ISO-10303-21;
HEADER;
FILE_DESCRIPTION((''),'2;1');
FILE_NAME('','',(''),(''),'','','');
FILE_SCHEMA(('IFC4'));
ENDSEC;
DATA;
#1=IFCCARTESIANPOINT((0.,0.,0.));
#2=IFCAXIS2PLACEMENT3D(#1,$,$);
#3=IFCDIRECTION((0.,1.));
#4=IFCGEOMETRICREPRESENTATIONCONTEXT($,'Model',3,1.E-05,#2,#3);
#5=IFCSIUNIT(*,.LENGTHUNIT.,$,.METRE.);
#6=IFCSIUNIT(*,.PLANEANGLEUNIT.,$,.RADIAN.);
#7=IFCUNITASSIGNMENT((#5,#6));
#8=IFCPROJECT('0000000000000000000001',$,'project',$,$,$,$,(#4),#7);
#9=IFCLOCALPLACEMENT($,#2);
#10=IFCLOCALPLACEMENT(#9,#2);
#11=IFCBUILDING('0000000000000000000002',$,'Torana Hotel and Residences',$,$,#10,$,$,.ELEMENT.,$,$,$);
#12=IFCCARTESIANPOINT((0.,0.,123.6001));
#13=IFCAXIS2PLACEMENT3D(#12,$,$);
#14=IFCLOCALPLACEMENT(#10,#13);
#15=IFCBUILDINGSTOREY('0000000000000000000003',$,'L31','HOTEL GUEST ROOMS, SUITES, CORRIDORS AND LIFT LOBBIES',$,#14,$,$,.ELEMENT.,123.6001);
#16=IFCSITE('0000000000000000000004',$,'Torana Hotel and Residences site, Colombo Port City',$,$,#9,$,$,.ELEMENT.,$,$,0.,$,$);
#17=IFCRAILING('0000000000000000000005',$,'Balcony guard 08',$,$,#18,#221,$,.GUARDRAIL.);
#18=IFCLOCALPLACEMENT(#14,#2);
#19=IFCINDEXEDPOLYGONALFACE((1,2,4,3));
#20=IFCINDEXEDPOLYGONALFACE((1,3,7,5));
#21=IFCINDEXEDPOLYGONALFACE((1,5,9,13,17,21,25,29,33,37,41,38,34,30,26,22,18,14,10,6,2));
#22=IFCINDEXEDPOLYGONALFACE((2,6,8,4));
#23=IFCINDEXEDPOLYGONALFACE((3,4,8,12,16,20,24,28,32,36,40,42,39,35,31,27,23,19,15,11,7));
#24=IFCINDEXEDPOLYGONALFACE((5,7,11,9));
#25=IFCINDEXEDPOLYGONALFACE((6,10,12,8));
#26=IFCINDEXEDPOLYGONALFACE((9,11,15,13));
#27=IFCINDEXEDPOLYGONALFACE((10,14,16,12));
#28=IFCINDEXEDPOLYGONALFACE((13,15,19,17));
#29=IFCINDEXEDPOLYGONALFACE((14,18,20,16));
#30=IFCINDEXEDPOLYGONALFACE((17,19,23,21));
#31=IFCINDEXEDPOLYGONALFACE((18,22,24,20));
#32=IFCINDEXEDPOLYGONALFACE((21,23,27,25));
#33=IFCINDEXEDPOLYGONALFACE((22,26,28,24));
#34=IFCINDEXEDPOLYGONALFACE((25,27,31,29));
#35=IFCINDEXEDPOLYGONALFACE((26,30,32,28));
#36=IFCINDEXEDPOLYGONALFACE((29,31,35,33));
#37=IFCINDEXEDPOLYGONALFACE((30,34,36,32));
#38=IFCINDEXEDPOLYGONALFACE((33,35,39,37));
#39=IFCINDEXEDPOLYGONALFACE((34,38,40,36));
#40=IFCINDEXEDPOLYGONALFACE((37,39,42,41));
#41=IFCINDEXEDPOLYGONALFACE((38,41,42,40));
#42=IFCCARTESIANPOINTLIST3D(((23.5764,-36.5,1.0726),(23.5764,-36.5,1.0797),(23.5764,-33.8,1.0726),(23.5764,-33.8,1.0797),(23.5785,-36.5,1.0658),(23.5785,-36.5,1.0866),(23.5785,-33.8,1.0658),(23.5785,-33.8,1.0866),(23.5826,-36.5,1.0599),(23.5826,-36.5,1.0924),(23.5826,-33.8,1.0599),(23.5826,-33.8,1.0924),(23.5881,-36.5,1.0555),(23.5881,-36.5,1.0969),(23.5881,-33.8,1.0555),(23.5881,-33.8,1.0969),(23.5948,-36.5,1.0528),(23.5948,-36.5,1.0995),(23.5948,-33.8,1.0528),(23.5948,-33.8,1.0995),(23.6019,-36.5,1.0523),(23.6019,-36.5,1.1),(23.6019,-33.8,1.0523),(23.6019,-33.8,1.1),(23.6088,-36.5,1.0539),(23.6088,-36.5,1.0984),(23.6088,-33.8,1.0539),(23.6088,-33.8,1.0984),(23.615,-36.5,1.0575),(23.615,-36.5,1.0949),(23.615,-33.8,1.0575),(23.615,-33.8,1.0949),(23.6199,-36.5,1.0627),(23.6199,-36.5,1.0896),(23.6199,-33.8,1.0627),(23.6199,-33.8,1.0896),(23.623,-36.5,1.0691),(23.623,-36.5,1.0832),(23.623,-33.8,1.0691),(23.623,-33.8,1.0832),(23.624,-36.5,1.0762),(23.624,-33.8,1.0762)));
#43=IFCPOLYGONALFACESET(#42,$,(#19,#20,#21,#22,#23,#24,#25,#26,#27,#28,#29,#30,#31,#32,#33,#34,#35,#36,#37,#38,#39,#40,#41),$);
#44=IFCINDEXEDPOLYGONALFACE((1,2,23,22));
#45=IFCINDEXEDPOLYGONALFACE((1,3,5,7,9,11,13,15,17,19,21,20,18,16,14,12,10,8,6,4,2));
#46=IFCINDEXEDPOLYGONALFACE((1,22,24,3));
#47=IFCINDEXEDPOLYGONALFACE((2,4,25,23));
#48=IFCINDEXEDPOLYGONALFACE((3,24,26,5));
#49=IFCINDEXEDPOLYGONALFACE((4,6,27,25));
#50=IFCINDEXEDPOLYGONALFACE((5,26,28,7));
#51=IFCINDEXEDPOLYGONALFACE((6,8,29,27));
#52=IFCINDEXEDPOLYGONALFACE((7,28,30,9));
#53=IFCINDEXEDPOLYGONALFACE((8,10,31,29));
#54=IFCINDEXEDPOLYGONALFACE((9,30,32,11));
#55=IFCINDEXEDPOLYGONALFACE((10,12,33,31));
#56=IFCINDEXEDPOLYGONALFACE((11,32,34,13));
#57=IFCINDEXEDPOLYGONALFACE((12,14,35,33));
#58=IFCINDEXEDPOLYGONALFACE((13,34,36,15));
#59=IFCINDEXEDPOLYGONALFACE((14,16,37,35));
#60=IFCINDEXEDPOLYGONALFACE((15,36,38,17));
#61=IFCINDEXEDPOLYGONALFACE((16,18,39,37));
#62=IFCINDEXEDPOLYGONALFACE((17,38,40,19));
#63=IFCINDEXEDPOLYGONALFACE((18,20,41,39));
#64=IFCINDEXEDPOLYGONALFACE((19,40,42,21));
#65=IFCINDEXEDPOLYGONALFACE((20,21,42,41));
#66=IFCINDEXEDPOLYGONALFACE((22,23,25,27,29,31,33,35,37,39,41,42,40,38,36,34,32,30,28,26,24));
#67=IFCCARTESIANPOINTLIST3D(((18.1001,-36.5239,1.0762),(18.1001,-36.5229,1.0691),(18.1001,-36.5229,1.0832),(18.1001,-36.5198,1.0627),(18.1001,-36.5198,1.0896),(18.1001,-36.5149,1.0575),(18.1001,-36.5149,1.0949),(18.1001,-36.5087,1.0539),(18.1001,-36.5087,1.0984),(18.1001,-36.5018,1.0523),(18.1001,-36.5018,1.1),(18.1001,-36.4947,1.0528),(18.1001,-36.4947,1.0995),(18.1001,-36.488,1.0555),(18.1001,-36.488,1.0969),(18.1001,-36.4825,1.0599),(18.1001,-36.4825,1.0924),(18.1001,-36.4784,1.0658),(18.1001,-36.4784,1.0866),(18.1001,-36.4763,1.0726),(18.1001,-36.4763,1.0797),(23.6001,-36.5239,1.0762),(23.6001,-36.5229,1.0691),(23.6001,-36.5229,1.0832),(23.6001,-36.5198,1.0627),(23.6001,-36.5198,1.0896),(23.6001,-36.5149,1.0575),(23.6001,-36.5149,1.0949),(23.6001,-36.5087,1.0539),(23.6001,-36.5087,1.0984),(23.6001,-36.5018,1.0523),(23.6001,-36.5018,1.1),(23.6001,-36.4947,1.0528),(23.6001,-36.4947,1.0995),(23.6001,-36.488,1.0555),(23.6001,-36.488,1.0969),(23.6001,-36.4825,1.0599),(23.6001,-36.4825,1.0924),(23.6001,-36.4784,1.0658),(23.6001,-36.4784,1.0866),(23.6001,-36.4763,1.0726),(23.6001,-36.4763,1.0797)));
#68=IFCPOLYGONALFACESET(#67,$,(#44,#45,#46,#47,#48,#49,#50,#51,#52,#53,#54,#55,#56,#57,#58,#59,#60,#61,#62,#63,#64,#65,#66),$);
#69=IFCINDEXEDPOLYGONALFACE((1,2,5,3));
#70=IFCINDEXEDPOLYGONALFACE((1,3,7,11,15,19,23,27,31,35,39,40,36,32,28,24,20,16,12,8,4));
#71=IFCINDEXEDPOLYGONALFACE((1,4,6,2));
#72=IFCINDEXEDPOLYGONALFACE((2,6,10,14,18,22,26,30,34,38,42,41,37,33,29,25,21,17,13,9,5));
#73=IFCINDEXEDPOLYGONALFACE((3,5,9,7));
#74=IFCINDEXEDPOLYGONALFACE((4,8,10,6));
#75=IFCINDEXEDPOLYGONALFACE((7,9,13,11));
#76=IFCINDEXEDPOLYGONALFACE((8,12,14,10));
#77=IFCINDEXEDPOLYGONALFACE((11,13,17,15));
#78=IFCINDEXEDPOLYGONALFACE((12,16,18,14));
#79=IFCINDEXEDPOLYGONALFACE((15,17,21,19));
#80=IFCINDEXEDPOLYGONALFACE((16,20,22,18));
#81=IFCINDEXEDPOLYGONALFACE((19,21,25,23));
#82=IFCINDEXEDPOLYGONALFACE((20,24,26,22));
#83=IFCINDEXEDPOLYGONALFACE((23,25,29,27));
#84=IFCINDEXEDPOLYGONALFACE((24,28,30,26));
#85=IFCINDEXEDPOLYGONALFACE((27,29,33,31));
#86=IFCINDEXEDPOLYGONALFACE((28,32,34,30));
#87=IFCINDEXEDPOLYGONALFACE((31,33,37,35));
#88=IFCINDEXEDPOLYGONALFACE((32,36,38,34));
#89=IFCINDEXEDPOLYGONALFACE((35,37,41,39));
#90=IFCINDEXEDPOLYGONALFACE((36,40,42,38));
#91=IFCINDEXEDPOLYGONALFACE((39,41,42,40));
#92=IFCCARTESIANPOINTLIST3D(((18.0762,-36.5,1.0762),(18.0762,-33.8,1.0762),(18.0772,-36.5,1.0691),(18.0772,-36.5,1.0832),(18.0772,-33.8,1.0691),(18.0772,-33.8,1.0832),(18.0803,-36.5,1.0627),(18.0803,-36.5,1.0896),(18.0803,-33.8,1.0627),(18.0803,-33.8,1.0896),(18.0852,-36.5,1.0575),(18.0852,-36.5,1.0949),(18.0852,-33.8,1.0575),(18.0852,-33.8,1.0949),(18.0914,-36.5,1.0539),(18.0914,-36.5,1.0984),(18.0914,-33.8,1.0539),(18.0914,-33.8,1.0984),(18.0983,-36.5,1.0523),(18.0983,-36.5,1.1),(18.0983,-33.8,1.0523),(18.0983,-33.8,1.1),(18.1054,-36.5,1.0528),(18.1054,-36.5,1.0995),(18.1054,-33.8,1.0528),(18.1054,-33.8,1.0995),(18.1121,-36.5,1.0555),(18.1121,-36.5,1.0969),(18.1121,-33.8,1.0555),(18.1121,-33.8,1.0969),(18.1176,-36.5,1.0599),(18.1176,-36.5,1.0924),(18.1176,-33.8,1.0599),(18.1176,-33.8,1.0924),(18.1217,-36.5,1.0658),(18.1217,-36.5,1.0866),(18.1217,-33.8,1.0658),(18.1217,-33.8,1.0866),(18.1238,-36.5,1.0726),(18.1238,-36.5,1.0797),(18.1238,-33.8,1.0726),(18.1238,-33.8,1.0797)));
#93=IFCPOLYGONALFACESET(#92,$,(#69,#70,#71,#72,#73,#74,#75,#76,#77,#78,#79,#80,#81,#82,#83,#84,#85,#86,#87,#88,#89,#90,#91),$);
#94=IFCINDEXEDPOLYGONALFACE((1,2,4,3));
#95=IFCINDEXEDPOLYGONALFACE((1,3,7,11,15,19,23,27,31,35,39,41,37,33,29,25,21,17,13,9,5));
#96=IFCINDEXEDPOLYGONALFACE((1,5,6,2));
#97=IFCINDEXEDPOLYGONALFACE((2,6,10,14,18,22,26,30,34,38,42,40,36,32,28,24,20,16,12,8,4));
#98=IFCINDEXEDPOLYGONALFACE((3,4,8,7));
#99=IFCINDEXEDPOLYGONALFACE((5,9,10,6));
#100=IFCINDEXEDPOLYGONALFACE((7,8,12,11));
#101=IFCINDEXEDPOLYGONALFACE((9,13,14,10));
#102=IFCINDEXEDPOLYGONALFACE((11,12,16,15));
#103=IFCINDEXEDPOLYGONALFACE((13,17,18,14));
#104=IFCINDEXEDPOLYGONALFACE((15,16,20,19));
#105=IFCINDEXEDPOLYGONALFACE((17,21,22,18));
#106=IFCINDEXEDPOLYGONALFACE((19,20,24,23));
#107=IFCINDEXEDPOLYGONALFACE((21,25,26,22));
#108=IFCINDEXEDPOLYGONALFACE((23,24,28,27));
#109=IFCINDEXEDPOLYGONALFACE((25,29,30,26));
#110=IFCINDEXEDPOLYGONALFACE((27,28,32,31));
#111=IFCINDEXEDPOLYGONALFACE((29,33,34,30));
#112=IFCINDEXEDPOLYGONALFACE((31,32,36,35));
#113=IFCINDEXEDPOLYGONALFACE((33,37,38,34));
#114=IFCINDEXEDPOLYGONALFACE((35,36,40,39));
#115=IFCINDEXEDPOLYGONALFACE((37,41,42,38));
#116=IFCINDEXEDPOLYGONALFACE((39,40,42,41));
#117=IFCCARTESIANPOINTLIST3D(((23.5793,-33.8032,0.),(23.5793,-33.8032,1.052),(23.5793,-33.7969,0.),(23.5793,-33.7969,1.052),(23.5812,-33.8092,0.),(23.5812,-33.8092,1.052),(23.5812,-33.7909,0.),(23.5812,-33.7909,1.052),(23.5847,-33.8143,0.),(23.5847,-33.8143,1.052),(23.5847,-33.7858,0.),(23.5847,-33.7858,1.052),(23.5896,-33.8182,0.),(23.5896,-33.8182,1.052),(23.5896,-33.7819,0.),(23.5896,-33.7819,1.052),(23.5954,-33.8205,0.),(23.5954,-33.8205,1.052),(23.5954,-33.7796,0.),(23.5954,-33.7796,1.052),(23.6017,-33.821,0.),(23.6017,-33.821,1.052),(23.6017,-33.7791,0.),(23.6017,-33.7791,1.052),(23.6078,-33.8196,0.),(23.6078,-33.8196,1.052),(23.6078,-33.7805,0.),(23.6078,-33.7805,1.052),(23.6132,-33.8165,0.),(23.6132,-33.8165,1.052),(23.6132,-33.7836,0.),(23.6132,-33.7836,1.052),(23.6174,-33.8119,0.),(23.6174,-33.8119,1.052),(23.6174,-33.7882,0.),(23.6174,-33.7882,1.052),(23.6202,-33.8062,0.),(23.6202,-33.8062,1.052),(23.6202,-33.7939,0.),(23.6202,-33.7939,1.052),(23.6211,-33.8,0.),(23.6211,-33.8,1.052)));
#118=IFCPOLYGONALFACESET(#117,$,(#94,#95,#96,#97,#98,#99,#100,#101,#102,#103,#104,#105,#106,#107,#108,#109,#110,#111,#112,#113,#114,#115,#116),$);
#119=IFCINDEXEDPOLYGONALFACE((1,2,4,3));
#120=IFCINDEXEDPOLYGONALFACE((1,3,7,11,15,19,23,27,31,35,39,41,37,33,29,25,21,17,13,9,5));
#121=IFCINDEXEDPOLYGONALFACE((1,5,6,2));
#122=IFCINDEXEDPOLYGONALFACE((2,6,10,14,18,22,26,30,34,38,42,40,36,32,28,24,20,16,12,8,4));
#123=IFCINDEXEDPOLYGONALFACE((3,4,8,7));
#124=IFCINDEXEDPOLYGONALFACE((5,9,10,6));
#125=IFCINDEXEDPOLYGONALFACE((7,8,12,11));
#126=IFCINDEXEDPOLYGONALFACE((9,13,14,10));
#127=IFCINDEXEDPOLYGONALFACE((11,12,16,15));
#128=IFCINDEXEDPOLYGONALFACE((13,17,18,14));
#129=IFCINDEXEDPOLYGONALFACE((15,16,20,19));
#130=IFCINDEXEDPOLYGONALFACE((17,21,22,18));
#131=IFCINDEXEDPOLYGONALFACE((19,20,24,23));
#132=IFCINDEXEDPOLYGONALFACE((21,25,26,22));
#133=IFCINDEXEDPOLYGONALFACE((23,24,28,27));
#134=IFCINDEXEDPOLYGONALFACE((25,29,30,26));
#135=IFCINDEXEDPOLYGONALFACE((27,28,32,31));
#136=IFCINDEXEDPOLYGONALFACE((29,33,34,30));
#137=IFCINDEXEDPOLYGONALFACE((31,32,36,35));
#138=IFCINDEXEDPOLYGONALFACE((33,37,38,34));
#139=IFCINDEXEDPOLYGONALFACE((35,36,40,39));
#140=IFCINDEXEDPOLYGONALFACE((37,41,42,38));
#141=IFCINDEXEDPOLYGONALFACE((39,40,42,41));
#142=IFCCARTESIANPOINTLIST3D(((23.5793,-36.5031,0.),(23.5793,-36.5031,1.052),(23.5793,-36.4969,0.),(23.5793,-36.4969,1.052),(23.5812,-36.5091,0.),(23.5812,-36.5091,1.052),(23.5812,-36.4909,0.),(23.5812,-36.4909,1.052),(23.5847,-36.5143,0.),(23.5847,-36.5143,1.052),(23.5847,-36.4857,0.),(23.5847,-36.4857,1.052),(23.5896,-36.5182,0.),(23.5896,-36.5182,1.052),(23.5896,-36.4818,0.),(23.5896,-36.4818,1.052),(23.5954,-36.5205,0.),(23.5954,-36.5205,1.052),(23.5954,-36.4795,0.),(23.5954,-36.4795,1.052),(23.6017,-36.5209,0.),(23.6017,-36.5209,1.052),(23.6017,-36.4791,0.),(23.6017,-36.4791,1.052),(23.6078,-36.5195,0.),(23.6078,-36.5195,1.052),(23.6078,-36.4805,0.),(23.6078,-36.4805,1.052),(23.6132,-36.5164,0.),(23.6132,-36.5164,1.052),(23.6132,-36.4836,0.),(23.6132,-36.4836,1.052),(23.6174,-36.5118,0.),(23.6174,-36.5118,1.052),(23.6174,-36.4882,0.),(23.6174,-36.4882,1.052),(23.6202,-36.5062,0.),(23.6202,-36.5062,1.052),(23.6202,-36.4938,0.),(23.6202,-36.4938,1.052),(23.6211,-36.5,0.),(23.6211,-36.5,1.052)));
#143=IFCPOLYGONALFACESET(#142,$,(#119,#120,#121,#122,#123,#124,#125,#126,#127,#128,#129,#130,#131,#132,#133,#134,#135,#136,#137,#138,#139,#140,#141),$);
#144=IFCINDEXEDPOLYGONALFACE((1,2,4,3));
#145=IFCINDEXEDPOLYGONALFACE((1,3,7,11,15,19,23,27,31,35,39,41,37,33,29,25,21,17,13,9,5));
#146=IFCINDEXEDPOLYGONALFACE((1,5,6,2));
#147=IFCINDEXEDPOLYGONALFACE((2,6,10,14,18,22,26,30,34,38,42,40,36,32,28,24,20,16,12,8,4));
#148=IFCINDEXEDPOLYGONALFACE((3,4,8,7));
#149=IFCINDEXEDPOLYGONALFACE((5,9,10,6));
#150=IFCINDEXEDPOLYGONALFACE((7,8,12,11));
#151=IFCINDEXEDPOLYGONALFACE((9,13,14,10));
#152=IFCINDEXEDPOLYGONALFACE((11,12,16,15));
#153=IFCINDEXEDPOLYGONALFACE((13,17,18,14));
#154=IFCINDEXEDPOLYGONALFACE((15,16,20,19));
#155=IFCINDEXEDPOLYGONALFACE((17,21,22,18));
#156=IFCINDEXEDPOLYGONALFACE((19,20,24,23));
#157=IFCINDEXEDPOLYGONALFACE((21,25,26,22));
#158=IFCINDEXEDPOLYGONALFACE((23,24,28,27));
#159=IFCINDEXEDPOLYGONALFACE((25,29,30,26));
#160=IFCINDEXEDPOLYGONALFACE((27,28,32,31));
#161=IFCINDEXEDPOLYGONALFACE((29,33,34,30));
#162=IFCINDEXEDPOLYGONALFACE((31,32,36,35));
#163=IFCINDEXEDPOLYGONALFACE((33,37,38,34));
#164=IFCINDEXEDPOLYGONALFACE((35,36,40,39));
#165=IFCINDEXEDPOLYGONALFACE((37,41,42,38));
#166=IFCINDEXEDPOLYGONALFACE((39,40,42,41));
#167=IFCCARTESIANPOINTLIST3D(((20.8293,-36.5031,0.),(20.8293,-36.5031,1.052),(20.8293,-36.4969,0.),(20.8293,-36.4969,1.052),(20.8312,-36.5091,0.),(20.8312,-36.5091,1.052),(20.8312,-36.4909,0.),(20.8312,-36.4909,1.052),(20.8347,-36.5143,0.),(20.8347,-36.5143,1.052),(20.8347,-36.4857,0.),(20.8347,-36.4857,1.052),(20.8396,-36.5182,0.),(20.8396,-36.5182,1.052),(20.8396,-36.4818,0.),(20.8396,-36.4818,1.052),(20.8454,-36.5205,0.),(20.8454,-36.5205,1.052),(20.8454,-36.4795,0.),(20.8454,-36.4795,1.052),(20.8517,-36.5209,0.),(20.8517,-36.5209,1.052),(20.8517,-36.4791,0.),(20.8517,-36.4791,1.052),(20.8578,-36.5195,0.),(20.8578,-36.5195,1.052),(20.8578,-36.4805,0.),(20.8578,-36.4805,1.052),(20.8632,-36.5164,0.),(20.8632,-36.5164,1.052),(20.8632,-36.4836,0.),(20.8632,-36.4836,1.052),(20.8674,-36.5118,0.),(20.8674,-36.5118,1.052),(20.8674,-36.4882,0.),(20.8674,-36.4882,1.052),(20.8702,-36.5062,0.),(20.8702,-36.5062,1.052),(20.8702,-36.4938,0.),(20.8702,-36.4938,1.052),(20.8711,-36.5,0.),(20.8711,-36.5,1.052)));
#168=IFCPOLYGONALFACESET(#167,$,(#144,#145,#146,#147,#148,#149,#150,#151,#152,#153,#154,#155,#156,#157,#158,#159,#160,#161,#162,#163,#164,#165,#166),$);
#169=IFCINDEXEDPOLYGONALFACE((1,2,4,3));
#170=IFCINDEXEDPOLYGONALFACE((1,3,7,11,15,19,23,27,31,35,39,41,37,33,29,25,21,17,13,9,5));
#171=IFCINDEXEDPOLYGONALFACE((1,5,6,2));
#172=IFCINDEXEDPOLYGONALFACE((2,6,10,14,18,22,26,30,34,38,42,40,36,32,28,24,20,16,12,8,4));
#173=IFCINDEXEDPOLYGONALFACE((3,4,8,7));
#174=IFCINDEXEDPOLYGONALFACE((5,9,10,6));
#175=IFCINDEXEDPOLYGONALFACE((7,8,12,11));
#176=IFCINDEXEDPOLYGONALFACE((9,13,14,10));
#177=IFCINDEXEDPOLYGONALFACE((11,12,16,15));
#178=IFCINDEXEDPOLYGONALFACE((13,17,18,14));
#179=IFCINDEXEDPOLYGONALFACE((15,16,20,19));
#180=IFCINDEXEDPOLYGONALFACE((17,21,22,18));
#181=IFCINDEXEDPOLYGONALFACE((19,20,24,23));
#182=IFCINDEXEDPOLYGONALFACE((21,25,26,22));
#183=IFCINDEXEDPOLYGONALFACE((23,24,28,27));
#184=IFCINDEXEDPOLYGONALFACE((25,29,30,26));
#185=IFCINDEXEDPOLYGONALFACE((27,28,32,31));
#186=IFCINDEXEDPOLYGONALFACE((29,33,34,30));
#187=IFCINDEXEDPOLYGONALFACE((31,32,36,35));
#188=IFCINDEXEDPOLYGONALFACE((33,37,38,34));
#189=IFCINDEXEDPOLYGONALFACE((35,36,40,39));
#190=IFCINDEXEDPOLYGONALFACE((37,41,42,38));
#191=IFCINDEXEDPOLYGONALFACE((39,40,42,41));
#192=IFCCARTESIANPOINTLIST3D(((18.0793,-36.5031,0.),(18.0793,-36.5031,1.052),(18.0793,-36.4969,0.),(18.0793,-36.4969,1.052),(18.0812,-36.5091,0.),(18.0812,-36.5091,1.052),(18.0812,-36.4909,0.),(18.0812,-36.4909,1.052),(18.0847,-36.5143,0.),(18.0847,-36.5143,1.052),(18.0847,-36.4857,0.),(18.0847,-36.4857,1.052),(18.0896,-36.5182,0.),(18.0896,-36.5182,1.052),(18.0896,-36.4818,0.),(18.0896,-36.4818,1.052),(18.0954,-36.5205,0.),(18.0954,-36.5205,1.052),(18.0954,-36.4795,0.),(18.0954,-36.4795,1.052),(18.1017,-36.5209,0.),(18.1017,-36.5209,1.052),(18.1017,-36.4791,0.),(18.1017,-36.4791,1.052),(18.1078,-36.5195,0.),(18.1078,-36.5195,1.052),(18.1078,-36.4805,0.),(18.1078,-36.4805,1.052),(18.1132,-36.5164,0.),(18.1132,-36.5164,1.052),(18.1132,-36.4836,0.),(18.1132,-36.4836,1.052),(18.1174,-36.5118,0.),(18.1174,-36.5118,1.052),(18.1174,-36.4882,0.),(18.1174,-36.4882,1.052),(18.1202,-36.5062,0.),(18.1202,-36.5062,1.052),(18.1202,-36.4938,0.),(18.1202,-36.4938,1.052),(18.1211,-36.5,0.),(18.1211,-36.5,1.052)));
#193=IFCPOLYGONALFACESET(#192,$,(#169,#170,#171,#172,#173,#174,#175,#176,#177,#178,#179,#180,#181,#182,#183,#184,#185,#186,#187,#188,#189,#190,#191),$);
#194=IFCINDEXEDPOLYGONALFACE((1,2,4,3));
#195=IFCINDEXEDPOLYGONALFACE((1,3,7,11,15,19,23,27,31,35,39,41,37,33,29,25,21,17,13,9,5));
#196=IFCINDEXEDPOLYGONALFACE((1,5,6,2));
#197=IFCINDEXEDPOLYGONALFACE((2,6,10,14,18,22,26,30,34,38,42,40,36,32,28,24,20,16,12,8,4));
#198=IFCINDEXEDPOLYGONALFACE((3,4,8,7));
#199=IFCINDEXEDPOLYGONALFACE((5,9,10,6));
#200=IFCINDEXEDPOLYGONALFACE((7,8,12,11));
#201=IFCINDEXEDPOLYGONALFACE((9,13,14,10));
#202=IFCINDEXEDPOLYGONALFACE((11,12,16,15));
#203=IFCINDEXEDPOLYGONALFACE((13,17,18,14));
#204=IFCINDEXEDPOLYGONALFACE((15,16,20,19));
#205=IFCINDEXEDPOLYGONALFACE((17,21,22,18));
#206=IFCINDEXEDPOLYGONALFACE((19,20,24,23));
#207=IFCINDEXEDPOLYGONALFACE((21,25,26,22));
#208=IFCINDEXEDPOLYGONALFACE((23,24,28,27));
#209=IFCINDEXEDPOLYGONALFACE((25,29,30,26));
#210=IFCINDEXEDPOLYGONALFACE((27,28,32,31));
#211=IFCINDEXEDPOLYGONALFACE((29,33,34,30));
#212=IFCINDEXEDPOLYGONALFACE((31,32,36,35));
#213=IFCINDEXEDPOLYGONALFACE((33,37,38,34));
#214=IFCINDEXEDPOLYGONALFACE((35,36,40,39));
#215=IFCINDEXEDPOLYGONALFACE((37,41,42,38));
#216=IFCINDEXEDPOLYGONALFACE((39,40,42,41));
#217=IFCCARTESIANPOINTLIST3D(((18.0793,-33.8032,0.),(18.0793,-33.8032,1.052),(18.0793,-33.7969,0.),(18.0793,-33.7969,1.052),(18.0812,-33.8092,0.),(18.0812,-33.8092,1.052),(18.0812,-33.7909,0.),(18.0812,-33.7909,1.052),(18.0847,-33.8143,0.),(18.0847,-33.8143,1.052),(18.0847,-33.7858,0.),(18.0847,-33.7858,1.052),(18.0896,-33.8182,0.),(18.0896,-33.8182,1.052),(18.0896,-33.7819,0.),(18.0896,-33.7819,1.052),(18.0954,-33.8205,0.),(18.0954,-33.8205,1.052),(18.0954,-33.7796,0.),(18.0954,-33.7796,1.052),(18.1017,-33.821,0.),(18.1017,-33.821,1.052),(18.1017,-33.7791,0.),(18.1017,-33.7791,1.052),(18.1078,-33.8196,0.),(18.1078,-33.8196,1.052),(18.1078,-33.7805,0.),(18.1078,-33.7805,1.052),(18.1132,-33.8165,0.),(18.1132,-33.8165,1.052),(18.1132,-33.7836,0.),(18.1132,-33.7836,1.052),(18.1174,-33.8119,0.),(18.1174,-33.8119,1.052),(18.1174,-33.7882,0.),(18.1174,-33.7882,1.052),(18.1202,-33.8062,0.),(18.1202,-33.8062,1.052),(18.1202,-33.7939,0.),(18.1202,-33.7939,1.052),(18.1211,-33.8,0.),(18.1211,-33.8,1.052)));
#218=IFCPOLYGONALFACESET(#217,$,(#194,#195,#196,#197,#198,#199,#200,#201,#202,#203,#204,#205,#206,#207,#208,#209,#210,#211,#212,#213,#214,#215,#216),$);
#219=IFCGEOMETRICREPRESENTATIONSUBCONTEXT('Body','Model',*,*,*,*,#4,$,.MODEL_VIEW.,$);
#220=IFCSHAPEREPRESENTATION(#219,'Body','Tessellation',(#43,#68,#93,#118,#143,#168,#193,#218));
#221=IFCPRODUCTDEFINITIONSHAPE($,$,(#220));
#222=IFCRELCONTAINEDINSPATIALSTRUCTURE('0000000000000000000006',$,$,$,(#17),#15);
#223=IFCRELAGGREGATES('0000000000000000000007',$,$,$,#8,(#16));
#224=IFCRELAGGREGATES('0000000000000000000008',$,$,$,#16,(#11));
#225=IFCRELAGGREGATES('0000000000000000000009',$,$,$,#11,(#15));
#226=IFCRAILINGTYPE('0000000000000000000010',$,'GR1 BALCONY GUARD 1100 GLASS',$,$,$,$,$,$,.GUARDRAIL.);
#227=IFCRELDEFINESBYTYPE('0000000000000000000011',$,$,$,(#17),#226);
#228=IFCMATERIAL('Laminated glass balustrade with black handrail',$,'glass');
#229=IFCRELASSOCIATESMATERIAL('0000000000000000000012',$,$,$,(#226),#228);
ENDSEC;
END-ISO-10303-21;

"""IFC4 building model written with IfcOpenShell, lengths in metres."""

from ifc_helpers import new_model, si_unit, direction, frame, origin, origin_2d, place, context, subcontext, project, spatial, circle, extrude, material, type_object, element, save


model = new_model("IFC4")

# Units and contexts
model_context = context("Model", 3, precision=1e-05, world=origin(), true_north=direction((0.0, 1.0)))
body_context = subcontext(model_context, "Body", "Model", "MODEL_VIEW")
ifc_project = project(units=[si_unit("LENGTHUNIT", "METRE"), si_unit("PLANEANGLEUNIT", "RADIAN")], contexts=[model_context])

# Site, building, storey
site_placement = place(None, origin())
site = spatial("IfcSite", under=ifc_project, at=site_placement, Name="Torana Hotel and Residences site, Colombo Port City", CompositionType="ELEMENT", RefElevation=0.0)
building_placement = place(site_placement, origin())
building = spatial("IfcBuilding", under=site, at=building_placement, Name="Torana Hotel and Residences", CompositionType="ELEMENT")
storey_placement = place(building_placement, frame((0.0, 0.0, 123.6001)))
storey = spatial("IfcBuildingStorey", under=building, at=storey_placement, Name="L31", Description="HOTEL GUEST ROOMS, SUITES, CORRIDORS AND LIFT LOBBIES", CompositionType="ELEMENT", Elevation=123.6001)

# Railing
ifc_material_1 = material(Name="Laminated glass balustrade with black handrail", Category="glass")
railing_type = type_object("IfcRailingType", Name="GR1 BALCONY GUARD 1100 GLASS", PredefinedType="GUARDRAIL", material=ifc_material_1)
railing_1_placement = place(storey_placement, frame((23.6001, -33.8, 0.0)))
element("IfcRailing", 1, at=railing_1_placement, inside=storey, type_object=railing_type, Name="Balcony guard 08", PredefinedType="GUARDRAIL", context=body_context, shape_type="SweptSolid", body=[
    extrude(circle(Radius=0.0239, at=origin_2d()), frame((0.0, 0.0, 1.0762), z_axis=(0.0, -1.0, 0.0), x_axis=(1.0, 0.0, 0.0)), (0.0, 0.0, 1.0), 2.7),
    extrude(circle(Radius=0.0239, at=origin_2d()), frame((0.0, -2.7, 1.0762), z_axis=(-1.0, 0.0, 0.0), x_axis=(0.0, -1.0, 0.0)), (0.0, 0.0, 1.0), 5.5),
    extrude(circle(Radius=0.0239, at=origin_2d()), frame((-5.5, -2.7, 1.0762), z_axis=(0.0, 1.0, 0.0), x_axis=(-1.0, 0.0, 0.0)), (0.0, 0.0, 1.0), 2.7),
    extrude(circle(Radius=0.021, at=origin_2d()), origin(), (0.0, 0.0, 1.0), 1.052),
    extrude(circle(Radius=0.021, at=origin_2d()), frame((0.0, -2.7, 0.0)), (0.0, 0.0, 1.0), 1.052),
    extrude(circle(Radius=0.021, at=origin_2d()), frame((-2.75, -2.7, 0.0)), (0.0, 0.0, 1.0), 1.052),
    extrude(circle(Radius=0.021, at=origin_2d()), frame((-5.5, -2.7, 0.0)), (0.0, 0.0, 1.0), 1.052),
    extrude(circle(Radius=0.021, at=origin_2d()), frame((-5.5, 0.0, 0.0)), (0.0, 0.0, 1.0), 1.052),
])

save(model, "model.ifc")
